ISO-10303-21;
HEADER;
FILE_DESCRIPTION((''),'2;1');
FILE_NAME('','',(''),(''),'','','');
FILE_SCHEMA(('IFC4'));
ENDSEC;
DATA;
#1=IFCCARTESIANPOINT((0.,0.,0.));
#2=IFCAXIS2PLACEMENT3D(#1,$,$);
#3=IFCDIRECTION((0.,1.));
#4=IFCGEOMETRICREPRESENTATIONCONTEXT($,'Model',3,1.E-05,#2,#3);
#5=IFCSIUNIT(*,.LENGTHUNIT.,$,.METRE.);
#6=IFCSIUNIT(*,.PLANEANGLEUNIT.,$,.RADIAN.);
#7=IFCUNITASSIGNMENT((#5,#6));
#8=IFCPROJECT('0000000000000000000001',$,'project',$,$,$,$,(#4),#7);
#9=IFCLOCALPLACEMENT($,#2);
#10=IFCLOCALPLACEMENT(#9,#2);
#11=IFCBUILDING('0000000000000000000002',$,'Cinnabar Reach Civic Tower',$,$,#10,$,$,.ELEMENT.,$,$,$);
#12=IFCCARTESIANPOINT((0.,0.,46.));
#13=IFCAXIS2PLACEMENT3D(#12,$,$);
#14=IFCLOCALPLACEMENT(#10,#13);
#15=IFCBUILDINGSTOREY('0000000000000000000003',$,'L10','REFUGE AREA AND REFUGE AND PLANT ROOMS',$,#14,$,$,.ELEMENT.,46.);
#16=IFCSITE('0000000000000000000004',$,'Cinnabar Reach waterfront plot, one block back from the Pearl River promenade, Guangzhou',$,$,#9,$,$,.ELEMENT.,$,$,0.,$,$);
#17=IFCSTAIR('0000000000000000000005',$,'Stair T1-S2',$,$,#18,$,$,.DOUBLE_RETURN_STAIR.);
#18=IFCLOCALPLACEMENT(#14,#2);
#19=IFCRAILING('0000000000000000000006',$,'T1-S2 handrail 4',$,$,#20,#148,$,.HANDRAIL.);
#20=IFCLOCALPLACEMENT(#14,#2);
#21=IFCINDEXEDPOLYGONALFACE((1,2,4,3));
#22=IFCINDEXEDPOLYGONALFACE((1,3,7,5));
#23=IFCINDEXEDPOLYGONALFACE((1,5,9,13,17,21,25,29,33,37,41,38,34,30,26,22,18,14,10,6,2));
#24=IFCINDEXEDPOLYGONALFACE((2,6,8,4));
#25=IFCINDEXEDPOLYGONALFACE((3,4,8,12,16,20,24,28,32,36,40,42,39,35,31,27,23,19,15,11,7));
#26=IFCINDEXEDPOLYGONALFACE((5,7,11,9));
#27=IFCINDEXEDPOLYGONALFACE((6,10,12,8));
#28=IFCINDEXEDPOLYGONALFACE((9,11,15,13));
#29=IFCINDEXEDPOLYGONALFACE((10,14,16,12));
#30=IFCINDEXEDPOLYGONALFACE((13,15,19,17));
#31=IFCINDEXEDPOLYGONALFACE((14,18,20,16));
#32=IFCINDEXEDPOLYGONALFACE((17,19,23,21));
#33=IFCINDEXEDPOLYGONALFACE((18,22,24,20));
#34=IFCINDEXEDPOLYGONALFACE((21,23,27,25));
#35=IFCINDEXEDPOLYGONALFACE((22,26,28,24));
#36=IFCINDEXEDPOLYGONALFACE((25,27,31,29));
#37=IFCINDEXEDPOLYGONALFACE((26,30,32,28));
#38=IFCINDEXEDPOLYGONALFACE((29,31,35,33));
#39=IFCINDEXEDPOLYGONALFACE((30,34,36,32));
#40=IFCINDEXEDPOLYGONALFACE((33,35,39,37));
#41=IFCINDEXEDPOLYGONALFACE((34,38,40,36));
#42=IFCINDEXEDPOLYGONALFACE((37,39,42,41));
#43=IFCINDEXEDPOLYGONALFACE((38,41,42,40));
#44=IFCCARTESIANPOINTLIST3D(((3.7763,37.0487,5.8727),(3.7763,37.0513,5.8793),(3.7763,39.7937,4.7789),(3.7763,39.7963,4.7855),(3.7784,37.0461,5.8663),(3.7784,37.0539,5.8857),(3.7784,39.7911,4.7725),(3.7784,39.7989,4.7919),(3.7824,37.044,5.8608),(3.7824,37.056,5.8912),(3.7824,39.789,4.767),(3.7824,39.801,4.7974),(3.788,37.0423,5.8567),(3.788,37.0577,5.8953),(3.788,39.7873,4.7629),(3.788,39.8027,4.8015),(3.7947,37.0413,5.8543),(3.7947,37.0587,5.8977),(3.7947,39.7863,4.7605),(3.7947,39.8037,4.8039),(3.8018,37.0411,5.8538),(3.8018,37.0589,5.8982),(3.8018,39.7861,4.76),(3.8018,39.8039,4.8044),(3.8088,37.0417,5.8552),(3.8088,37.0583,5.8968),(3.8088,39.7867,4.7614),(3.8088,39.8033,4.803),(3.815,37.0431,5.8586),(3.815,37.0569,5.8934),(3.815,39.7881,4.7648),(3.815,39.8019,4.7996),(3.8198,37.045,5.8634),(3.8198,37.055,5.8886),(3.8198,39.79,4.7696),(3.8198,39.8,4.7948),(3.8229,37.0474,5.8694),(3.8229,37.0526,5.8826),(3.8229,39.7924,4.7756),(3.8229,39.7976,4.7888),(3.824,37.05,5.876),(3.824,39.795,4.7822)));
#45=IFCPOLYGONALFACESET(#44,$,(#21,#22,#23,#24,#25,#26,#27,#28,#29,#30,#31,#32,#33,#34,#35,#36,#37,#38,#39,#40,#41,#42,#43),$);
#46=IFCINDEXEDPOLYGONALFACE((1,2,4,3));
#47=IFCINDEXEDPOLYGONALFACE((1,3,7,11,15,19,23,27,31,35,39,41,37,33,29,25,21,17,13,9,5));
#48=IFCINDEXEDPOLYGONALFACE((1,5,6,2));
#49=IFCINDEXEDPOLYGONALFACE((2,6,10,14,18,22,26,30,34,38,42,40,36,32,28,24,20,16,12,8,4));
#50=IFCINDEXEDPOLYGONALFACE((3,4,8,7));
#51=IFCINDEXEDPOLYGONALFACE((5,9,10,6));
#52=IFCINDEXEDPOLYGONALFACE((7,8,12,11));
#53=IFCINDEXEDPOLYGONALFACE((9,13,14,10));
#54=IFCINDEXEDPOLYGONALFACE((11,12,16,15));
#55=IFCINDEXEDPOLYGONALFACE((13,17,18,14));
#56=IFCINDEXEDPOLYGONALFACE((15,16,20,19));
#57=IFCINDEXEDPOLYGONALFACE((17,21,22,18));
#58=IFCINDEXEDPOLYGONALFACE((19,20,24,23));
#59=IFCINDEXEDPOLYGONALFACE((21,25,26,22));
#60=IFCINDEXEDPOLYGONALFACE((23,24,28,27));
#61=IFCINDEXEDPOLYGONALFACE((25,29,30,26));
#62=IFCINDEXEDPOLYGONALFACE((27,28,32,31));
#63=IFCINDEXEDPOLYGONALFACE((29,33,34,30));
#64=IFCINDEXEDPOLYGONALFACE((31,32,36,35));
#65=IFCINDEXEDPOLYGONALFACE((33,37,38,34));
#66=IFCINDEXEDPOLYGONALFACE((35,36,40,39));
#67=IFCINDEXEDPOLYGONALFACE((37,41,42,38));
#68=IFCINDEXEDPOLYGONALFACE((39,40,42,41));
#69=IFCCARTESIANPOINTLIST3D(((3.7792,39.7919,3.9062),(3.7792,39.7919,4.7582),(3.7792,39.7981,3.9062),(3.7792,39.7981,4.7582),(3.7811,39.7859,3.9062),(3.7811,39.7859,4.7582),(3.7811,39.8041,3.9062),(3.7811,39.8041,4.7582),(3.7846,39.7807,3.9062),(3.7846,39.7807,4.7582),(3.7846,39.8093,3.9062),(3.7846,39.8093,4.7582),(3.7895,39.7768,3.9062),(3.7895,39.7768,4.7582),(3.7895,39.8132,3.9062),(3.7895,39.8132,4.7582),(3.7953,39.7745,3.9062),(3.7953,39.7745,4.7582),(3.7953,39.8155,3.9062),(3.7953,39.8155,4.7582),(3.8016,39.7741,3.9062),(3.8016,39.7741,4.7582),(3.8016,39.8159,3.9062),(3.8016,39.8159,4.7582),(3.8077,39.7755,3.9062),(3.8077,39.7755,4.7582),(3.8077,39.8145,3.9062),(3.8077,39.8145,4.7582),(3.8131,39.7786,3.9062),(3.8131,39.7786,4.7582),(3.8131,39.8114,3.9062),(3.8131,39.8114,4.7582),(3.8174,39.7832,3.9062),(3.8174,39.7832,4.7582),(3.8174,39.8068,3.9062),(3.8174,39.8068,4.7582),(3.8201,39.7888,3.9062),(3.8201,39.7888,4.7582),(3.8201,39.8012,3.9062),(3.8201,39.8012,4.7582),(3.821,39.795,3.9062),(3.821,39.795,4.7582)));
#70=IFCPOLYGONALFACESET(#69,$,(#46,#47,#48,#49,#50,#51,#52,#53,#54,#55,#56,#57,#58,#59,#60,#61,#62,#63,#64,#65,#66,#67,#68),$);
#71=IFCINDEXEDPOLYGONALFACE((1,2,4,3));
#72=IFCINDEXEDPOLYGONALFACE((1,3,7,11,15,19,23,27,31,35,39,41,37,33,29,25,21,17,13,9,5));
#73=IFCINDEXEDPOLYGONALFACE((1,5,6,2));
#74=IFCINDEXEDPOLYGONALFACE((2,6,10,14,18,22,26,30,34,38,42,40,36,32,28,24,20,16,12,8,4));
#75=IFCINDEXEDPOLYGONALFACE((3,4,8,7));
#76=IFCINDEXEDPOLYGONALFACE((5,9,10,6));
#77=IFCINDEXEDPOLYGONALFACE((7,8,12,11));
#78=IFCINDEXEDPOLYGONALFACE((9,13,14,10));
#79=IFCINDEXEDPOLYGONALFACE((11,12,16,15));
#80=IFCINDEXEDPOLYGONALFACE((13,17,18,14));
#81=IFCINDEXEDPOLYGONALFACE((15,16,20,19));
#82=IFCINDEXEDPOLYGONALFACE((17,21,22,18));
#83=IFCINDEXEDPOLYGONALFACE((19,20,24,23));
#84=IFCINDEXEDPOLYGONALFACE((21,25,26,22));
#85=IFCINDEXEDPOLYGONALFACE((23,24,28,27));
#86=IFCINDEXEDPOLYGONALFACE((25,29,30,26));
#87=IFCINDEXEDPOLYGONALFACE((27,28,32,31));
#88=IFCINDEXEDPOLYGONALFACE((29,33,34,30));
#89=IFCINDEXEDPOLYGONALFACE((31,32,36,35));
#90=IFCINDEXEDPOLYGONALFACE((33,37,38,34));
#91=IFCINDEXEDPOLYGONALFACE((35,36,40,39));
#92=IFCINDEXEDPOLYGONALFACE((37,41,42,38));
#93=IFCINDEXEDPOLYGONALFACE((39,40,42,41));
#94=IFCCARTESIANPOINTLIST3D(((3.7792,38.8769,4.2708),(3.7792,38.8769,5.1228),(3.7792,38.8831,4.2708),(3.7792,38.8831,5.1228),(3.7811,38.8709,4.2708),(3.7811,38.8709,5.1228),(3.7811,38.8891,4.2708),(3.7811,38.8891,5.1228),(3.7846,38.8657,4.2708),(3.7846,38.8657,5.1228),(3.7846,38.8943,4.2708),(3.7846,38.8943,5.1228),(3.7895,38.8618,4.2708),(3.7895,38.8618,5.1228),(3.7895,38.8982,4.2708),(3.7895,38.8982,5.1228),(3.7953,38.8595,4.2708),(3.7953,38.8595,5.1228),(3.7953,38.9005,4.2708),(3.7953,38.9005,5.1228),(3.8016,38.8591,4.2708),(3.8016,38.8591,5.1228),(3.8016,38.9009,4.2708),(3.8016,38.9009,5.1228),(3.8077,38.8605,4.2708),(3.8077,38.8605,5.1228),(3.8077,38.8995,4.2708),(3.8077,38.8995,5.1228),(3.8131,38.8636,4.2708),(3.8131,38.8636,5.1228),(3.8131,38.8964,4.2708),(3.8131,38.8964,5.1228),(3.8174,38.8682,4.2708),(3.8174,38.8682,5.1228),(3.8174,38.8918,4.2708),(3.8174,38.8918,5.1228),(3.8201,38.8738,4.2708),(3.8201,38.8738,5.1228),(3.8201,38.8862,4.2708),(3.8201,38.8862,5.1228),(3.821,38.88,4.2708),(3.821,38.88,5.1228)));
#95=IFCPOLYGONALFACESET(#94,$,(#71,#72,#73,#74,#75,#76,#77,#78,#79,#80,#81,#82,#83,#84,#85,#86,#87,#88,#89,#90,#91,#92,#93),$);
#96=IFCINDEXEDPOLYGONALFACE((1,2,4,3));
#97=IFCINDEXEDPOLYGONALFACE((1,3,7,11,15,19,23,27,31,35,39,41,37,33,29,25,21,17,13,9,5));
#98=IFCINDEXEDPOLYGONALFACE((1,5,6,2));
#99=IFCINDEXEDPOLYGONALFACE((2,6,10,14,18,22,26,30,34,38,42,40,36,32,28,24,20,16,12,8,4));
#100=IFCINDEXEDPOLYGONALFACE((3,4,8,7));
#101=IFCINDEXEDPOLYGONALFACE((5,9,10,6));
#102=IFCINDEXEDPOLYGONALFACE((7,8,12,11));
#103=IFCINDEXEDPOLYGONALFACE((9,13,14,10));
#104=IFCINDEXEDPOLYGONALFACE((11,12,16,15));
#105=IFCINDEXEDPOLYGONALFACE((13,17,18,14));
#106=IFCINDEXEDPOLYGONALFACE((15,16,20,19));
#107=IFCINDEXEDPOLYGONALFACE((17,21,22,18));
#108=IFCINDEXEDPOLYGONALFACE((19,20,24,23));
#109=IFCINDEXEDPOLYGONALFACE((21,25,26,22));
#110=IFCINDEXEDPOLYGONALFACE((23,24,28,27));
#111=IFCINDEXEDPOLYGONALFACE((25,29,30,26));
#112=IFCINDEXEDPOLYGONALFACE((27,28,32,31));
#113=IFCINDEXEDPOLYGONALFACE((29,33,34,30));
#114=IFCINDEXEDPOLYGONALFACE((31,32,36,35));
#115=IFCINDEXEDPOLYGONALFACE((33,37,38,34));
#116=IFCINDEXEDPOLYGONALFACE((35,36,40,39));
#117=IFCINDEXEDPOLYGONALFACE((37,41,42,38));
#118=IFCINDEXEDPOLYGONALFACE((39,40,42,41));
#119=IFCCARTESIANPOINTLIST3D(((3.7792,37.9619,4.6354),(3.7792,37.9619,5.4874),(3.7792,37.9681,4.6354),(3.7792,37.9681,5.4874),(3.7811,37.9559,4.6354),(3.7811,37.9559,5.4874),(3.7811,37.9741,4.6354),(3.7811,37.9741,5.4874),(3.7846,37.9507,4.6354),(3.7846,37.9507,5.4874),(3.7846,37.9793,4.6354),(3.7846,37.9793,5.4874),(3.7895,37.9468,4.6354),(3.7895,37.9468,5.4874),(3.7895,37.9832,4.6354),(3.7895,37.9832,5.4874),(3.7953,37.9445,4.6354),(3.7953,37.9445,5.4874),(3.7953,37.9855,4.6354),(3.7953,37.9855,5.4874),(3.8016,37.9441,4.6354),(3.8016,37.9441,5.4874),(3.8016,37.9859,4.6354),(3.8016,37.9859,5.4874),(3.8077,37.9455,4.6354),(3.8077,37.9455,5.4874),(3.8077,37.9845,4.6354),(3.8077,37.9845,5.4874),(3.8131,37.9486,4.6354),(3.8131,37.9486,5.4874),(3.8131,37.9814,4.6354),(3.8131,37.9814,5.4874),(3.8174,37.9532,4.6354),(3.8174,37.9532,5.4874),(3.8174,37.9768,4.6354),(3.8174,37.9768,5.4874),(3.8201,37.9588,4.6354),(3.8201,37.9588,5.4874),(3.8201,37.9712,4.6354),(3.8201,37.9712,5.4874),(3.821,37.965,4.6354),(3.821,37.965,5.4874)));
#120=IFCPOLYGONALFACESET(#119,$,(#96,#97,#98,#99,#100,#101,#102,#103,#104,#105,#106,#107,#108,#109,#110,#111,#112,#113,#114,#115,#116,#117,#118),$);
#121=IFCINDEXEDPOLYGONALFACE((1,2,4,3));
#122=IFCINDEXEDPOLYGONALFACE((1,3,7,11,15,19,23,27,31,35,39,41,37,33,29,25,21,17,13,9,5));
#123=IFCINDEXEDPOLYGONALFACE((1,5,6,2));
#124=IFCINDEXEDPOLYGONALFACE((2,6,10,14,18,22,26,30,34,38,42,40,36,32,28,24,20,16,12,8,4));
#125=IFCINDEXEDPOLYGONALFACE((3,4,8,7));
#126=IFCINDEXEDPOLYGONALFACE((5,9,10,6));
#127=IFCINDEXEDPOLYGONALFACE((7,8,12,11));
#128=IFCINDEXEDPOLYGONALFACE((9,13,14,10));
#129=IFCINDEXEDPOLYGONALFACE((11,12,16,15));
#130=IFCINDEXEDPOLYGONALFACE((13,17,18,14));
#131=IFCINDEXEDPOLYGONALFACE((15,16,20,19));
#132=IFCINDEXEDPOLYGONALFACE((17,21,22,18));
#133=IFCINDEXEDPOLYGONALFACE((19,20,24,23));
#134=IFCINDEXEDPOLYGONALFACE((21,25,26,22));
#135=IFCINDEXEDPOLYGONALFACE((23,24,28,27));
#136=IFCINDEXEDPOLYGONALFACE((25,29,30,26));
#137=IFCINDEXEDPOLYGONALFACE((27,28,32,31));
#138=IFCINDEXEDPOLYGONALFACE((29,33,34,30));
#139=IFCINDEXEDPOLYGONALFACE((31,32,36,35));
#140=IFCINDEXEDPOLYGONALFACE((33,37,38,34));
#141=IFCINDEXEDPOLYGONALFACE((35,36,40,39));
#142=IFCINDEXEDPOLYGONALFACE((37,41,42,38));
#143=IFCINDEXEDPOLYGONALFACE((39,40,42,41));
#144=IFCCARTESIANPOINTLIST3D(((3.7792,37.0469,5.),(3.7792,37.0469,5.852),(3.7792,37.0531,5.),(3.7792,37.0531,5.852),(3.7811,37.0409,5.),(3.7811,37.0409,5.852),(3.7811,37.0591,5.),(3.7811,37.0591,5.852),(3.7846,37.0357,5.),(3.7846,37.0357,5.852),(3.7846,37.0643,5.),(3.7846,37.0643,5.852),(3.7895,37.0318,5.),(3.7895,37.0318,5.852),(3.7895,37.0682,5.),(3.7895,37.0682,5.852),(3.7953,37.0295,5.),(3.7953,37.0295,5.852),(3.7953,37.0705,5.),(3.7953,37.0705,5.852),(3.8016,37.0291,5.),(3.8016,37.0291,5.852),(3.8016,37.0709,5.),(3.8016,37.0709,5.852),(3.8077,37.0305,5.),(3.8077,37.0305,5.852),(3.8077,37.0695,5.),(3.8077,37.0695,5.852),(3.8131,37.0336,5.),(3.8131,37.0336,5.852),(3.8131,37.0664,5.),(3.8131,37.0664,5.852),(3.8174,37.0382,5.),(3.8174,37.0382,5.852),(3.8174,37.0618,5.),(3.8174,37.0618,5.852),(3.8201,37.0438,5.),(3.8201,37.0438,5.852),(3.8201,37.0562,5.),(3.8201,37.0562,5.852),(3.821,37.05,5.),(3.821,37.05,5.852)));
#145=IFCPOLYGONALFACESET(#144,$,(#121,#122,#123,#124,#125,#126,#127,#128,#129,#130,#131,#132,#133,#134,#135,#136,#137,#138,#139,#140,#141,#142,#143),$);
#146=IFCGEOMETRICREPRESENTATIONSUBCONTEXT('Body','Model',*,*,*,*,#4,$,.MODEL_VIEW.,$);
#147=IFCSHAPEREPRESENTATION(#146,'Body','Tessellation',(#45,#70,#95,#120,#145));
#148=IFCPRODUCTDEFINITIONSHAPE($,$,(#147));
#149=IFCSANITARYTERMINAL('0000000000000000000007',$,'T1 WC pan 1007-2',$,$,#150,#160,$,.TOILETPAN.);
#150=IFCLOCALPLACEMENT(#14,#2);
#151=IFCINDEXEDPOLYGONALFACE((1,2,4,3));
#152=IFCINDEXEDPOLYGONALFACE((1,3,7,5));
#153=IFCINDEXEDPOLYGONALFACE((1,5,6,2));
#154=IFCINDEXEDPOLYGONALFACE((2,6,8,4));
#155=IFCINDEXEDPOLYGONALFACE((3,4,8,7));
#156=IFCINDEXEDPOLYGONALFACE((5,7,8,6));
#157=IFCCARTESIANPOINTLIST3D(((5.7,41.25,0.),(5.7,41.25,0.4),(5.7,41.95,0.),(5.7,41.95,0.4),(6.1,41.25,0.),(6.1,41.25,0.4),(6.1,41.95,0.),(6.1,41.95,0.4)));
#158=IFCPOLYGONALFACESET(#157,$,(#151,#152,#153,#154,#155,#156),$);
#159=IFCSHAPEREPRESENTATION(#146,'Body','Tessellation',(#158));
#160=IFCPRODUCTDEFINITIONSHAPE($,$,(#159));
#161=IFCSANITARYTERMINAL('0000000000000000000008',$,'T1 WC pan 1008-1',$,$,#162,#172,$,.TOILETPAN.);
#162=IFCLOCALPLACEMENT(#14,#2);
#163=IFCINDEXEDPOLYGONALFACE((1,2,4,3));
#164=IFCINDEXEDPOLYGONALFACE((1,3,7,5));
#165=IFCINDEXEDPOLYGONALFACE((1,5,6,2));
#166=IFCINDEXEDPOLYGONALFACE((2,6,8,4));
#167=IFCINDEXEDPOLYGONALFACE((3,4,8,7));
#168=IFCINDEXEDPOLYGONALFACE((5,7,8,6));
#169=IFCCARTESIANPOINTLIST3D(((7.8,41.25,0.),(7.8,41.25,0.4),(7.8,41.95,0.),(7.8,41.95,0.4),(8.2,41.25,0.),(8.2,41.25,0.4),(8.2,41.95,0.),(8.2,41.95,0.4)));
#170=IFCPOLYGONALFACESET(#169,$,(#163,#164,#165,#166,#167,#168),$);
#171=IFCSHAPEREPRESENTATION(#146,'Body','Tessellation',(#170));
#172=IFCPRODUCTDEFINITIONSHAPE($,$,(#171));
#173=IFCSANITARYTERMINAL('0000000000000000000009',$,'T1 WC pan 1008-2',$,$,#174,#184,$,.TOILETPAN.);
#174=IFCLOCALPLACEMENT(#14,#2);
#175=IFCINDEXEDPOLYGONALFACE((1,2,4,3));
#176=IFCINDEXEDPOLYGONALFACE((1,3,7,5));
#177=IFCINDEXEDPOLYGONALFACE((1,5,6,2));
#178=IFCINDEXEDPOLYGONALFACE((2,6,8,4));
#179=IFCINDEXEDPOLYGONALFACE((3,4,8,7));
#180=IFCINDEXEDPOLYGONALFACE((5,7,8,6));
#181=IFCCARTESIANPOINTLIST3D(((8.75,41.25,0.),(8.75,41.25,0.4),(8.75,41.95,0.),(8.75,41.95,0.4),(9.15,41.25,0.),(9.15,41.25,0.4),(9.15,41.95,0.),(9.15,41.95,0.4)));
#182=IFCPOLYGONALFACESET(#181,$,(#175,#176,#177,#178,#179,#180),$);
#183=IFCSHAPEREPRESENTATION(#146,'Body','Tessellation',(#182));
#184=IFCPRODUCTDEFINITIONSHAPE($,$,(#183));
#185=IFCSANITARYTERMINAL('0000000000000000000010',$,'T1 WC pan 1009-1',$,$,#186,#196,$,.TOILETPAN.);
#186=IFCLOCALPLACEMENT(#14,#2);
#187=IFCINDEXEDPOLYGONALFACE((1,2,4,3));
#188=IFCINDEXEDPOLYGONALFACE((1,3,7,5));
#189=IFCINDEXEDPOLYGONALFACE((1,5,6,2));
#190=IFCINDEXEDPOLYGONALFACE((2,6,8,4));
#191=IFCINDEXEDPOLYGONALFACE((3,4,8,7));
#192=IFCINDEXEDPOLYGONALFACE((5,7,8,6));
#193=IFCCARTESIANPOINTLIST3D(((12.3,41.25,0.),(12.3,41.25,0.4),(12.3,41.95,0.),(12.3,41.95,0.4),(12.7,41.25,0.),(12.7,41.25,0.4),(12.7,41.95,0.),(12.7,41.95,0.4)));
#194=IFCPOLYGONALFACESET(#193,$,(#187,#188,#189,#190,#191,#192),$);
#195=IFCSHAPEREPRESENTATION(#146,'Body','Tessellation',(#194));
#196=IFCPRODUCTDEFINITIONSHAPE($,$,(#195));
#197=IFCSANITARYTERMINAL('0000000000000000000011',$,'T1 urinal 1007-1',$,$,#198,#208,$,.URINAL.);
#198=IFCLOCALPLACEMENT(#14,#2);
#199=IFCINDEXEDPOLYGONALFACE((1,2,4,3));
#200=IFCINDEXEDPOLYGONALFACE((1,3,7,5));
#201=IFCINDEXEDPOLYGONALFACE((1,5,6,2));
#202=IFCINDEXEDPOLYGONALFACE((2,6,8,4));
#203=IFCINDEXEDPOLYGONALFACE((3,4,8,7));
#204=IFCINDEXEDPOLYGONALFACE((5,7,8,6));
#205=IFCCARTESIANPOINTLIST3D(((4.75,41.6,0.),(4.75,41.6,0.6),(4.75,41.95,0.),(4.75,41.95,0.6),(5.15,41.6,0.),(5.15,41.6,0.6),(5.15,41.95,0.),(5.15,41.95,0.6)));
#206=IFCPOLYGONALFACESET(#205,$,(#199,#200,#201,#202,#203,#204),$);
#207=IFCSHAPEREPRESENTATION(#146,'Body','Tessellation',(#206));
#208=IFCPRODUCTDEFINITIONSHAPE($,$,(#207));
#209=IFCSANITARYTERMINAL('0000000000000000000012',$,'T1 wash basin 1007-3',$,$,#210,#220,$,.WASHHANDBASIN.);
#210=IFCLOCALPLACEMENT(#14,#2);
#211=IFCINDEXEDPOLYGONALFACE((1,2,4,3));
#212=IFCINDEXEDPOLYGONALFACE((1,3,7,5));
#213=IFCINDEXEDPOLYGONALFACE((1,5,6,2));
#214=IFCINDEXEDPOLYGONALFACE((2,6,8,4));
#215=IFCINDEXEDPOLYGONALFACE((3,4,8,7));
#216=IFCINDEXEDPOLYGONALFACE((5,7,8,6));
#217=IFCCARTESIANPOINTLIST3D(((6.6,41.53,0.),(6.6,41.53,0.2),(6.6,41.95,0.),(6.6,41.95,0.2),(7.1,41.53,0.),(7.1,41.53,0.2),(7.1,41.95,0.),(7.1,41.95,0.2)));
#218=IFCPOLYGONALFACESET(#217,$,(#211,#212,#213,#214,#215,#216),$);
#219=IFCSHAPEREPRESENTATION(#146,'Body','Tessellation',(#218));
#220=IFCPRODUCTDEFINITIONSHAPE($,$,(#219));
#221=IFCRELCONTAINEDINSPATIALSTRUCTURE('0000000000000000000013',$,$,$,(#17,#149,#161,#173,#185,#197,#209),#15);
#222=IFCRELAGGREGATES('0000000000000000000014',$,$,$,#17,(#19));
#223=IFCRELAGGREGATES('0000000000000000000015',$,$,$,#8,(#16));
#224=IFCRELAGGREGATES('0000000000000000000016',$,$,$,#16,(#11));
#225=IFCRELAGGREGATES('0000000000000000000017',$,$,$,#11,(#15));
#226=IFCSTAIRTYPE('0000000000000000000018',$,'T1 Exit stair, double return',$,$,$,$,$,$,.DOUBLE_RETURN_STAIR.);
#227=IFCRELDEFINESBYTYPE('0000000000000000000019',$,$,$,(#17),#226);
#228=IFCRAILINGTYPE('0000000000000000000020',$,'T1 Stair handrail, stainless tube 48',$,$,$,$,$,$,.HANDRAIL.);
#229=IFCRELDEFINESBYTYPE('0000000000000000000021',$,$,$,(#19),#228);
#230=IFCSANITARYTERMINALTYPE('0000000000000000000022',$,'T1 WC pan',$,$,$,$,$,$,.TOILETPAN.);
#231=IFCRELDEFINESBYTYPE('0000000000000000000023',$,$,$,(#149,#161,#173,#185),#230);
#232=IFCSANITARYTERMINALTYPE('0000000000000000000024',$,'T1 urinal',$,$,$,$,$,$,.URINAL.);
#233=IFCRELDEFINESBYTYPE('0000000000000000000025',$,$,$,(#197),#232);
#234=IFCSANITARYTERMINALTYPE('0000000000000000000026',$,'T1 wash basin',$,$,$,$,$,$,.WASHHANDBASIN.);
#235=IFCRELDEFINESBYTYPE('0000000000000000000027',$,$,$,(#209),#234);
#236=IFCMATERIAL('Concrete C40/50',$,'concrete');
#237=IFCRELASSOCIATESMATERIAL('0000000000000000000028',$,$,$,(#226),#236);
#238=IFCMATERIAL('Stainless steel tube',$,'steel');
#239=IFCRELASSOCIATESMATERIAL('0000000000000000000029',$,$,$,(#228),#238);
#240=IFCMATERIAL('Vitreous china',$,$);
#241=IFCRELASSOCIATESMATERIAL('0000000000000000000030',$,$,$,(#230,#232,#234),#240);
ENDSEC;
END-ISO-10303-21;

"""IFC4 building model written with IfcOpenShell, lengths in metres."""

from ifc_helpers import new_model, si_unit, direction, frame, origin, origin_2d, place, context, subcontext, project, spatial, rectangle, circle, extrude, material, type_object, element, aggregate, save


model = new_model("IFC4")

# Units and contexts
model_context = context("Model", 3, precision=1e-05, world=origin(), true_north=direction((0.0, 1.0)))
body_context = subcontext(model_context, "Body", "Model", "MODEL_VIEW")
ifc_project = project(units=[si_unit("LENGTHUNIT", "METRE"), si_unit("PLANEANGLEUNIT", "RADIAN")], contexts=[model_context])

# Site, building, storey
site_placement = place(None, origin())
site = spatial("IfcSite", under=ifc_project, at=site_placement, Name="Cinnabar Reach waterfront plot, one block back from the Pearl River promenade, Guangzhou", CompositionType="ELEMENT", RefElevation=0.0)
building_placement = place(site_placement, origin())
building = spatial("IfcBuilding", under=site, at=building_placement, Name="Cinnabar Reach Civic Tower", CompositionType="ELEMENT")
storey_placement = place(building_placement, frame((0.0, 0.0, 46.0)))
storey = spatial("IfcBuildingStorey", under=building, at=storey_placement, Name="L10", Description="REFUGE AREA AND REFUGE AND PLANT ROOMS", CompositionType="ELEMENT", Elevation=46.0)

# Stair, railing
ifc_material_1 = material(Name="Concrete C40/50", Category="concrete")
stair_type = type_object("IfcStairType", Name="T1 Exit stair, double return", PredefinedType="DOUBLE_RETURN_STAIR", material=ifc_material_1)
stair_placement = place(storey_placement, origin())
stair = element("IfcStair", 1, at=stair_placement, inside=storey, type_object=stair_type, Name="Stair T1-S2", PredefinedType="DOUBLE_RETURN_STAIR")
ifc_material_2 = material(Name="Stainless steel tube", Category="steel")
railing_type = type_object("IfcRailingType", Name="T1 Stair handrail, stainless tube 48", PredefinedType="HANDRAIL", material=ifc_material_2)
railing_1_placement = place(storey_placement, frame((3.8, 39.795, 3.9062)))
railing_1 = element("IfcRailing", 2, at=railing_1_placement, type_object=railing_type, Name="T1-S2 handrail 4", PredefinedType="HANDRAIL", context=body_context, shape_type="SweptSolid", body=[
    extrude(circle(Radius=0.024, at=origin_2d()), frame((0.0, 0.0, 0.876), z_axis=(0.0, -0.928966, 0.370165), x_axis=(1.0, 0.0, 0.0)), (0.0, 0.0, 1.0), 2.9549),
    extrude(circle(Radius=0.021, at=origin_2d()), origin(), (0.0, 0.0, 1.0), 0.852),
    extrude(circle(Radius=0.021, at=origin_2d()), frame((0.0, -0.915, 0.3646)), (0.0, 0.0, 1.0), 0.852),
    extrude(circle(Radius=0.021, at=origin_2d()), frame((0.0, -1.83, 0.7292)), (0.0, 0.0, 1.0), 0.852),
    extrude(circle(Radius=0.021, at=origin_2d()), frame((0.0, -2.745, 1.0938)), (0.0, 0.0, 1.0), 0.852),
])
aggregate(stair, [railing_1])

# Sanitary terminals
ifc_material_3 = material(Name="Vitreous china")
sanitary_terminal_type_1 = type_object("IfcSanitaryTerminalType", Name="T1 WC pan", PredefinedType="TOILETPAN", material=ifc_material_3)
for number, where, z_axis, x_axis, name in (
    (3, (5.9, 41.6, 0.0), (0.0, 0.0, 1.0), (1.0, 0.0, 0.0), "T1 WC pan 1007-2"),
    (4, (8.0, 41.6, 0.0), (0.0, 0.0, 1.0), (1.0, 0.0, 0.0), "T1 WC pan 1008-1"),
    (5, (8.95, 41.6, 0.0), (0.0, 0.0, 1.0), (1.0, 0.0, 0.0), "T1 WC pan 1008-2"),
    (6, (12.5, 41.6, 0.0), (0.0, 0.0, 1.0), (1.0, 0.0, 0.0), "T1 WC pan 1009-1"),
):
    element("IfcSanitaryTerminal", number, at=place(storey_placement, frame(where, z_axis=z_axis, x_axis=x_axis)), inside=storey, type_object=sanitary_terminal_type_1, Name=name, PredefinedType="TOILETPAN", context=body_context, shape_type="SweptSolid", body=[
        extrude(rectangle(XDim=0.4, YDim=0.7, at=origin_2d()), origin(), (0.0, 0.0, 1.0), 0.4),
    ])
sanitary_terminal_type_2 = type_object("IfcSanitaryTerminalType", Name="T1 urinal", PredefinedType="URINAL", material=ifc_material_3)
sanitary_terminal_placement = place(storey_placement, frame((4.95, 41.775, 0.0), z_axis=(0.0, 0.0, 1.0), x_axis=(1.0, 0.0, 0.0)))
element("IfcSanitaryTerminal", 7, at=sanitary_terminal_placement, inside=storey, type_object=sanitary_terminal_type_2, Name="T1 urinal 1007-1", PredefinedType="URINAL", context=body_context, shape_type="SweptSolid", body=[
    extrude(rectangle(XDim=0.4, YDim=0.35, at=origin_2d()), origin(), (0.0, 0.0, 1.0), 0.6),
])
sanitary_terminal_type_3 = type_object("IfcSanitaryTerminalType", Name="T1 wash basin", PredefinedType="WASHHANDBASIN", material=ifc_material_3)
for number, where, z_axis, x_axis, name in (
    (8, (6.85, 41.74, 0.0), (0.0, 0.0, 1.0), (1.0, 0.0, 0.0), "T1 wash basin 1007-3"),
):
    element("IfcSanitaryTerminal", number, at=place(storey_placement, frame(where, z_axis=z_axis, x_axis=x_axis)), inside=storey, type_object=sanitary_terminal_type_3, Name=name, PredefinedType="WASHHANDBASIN", context=body_context, shape_type="SweptSolid", body=[
        extrude(rectangle(XDim=0.5, YDim=0.42, at=origin_2d()), origin(), (0.0, 0.0, 1.0), 0.2),
    ])

save(model, "model.ifc")
